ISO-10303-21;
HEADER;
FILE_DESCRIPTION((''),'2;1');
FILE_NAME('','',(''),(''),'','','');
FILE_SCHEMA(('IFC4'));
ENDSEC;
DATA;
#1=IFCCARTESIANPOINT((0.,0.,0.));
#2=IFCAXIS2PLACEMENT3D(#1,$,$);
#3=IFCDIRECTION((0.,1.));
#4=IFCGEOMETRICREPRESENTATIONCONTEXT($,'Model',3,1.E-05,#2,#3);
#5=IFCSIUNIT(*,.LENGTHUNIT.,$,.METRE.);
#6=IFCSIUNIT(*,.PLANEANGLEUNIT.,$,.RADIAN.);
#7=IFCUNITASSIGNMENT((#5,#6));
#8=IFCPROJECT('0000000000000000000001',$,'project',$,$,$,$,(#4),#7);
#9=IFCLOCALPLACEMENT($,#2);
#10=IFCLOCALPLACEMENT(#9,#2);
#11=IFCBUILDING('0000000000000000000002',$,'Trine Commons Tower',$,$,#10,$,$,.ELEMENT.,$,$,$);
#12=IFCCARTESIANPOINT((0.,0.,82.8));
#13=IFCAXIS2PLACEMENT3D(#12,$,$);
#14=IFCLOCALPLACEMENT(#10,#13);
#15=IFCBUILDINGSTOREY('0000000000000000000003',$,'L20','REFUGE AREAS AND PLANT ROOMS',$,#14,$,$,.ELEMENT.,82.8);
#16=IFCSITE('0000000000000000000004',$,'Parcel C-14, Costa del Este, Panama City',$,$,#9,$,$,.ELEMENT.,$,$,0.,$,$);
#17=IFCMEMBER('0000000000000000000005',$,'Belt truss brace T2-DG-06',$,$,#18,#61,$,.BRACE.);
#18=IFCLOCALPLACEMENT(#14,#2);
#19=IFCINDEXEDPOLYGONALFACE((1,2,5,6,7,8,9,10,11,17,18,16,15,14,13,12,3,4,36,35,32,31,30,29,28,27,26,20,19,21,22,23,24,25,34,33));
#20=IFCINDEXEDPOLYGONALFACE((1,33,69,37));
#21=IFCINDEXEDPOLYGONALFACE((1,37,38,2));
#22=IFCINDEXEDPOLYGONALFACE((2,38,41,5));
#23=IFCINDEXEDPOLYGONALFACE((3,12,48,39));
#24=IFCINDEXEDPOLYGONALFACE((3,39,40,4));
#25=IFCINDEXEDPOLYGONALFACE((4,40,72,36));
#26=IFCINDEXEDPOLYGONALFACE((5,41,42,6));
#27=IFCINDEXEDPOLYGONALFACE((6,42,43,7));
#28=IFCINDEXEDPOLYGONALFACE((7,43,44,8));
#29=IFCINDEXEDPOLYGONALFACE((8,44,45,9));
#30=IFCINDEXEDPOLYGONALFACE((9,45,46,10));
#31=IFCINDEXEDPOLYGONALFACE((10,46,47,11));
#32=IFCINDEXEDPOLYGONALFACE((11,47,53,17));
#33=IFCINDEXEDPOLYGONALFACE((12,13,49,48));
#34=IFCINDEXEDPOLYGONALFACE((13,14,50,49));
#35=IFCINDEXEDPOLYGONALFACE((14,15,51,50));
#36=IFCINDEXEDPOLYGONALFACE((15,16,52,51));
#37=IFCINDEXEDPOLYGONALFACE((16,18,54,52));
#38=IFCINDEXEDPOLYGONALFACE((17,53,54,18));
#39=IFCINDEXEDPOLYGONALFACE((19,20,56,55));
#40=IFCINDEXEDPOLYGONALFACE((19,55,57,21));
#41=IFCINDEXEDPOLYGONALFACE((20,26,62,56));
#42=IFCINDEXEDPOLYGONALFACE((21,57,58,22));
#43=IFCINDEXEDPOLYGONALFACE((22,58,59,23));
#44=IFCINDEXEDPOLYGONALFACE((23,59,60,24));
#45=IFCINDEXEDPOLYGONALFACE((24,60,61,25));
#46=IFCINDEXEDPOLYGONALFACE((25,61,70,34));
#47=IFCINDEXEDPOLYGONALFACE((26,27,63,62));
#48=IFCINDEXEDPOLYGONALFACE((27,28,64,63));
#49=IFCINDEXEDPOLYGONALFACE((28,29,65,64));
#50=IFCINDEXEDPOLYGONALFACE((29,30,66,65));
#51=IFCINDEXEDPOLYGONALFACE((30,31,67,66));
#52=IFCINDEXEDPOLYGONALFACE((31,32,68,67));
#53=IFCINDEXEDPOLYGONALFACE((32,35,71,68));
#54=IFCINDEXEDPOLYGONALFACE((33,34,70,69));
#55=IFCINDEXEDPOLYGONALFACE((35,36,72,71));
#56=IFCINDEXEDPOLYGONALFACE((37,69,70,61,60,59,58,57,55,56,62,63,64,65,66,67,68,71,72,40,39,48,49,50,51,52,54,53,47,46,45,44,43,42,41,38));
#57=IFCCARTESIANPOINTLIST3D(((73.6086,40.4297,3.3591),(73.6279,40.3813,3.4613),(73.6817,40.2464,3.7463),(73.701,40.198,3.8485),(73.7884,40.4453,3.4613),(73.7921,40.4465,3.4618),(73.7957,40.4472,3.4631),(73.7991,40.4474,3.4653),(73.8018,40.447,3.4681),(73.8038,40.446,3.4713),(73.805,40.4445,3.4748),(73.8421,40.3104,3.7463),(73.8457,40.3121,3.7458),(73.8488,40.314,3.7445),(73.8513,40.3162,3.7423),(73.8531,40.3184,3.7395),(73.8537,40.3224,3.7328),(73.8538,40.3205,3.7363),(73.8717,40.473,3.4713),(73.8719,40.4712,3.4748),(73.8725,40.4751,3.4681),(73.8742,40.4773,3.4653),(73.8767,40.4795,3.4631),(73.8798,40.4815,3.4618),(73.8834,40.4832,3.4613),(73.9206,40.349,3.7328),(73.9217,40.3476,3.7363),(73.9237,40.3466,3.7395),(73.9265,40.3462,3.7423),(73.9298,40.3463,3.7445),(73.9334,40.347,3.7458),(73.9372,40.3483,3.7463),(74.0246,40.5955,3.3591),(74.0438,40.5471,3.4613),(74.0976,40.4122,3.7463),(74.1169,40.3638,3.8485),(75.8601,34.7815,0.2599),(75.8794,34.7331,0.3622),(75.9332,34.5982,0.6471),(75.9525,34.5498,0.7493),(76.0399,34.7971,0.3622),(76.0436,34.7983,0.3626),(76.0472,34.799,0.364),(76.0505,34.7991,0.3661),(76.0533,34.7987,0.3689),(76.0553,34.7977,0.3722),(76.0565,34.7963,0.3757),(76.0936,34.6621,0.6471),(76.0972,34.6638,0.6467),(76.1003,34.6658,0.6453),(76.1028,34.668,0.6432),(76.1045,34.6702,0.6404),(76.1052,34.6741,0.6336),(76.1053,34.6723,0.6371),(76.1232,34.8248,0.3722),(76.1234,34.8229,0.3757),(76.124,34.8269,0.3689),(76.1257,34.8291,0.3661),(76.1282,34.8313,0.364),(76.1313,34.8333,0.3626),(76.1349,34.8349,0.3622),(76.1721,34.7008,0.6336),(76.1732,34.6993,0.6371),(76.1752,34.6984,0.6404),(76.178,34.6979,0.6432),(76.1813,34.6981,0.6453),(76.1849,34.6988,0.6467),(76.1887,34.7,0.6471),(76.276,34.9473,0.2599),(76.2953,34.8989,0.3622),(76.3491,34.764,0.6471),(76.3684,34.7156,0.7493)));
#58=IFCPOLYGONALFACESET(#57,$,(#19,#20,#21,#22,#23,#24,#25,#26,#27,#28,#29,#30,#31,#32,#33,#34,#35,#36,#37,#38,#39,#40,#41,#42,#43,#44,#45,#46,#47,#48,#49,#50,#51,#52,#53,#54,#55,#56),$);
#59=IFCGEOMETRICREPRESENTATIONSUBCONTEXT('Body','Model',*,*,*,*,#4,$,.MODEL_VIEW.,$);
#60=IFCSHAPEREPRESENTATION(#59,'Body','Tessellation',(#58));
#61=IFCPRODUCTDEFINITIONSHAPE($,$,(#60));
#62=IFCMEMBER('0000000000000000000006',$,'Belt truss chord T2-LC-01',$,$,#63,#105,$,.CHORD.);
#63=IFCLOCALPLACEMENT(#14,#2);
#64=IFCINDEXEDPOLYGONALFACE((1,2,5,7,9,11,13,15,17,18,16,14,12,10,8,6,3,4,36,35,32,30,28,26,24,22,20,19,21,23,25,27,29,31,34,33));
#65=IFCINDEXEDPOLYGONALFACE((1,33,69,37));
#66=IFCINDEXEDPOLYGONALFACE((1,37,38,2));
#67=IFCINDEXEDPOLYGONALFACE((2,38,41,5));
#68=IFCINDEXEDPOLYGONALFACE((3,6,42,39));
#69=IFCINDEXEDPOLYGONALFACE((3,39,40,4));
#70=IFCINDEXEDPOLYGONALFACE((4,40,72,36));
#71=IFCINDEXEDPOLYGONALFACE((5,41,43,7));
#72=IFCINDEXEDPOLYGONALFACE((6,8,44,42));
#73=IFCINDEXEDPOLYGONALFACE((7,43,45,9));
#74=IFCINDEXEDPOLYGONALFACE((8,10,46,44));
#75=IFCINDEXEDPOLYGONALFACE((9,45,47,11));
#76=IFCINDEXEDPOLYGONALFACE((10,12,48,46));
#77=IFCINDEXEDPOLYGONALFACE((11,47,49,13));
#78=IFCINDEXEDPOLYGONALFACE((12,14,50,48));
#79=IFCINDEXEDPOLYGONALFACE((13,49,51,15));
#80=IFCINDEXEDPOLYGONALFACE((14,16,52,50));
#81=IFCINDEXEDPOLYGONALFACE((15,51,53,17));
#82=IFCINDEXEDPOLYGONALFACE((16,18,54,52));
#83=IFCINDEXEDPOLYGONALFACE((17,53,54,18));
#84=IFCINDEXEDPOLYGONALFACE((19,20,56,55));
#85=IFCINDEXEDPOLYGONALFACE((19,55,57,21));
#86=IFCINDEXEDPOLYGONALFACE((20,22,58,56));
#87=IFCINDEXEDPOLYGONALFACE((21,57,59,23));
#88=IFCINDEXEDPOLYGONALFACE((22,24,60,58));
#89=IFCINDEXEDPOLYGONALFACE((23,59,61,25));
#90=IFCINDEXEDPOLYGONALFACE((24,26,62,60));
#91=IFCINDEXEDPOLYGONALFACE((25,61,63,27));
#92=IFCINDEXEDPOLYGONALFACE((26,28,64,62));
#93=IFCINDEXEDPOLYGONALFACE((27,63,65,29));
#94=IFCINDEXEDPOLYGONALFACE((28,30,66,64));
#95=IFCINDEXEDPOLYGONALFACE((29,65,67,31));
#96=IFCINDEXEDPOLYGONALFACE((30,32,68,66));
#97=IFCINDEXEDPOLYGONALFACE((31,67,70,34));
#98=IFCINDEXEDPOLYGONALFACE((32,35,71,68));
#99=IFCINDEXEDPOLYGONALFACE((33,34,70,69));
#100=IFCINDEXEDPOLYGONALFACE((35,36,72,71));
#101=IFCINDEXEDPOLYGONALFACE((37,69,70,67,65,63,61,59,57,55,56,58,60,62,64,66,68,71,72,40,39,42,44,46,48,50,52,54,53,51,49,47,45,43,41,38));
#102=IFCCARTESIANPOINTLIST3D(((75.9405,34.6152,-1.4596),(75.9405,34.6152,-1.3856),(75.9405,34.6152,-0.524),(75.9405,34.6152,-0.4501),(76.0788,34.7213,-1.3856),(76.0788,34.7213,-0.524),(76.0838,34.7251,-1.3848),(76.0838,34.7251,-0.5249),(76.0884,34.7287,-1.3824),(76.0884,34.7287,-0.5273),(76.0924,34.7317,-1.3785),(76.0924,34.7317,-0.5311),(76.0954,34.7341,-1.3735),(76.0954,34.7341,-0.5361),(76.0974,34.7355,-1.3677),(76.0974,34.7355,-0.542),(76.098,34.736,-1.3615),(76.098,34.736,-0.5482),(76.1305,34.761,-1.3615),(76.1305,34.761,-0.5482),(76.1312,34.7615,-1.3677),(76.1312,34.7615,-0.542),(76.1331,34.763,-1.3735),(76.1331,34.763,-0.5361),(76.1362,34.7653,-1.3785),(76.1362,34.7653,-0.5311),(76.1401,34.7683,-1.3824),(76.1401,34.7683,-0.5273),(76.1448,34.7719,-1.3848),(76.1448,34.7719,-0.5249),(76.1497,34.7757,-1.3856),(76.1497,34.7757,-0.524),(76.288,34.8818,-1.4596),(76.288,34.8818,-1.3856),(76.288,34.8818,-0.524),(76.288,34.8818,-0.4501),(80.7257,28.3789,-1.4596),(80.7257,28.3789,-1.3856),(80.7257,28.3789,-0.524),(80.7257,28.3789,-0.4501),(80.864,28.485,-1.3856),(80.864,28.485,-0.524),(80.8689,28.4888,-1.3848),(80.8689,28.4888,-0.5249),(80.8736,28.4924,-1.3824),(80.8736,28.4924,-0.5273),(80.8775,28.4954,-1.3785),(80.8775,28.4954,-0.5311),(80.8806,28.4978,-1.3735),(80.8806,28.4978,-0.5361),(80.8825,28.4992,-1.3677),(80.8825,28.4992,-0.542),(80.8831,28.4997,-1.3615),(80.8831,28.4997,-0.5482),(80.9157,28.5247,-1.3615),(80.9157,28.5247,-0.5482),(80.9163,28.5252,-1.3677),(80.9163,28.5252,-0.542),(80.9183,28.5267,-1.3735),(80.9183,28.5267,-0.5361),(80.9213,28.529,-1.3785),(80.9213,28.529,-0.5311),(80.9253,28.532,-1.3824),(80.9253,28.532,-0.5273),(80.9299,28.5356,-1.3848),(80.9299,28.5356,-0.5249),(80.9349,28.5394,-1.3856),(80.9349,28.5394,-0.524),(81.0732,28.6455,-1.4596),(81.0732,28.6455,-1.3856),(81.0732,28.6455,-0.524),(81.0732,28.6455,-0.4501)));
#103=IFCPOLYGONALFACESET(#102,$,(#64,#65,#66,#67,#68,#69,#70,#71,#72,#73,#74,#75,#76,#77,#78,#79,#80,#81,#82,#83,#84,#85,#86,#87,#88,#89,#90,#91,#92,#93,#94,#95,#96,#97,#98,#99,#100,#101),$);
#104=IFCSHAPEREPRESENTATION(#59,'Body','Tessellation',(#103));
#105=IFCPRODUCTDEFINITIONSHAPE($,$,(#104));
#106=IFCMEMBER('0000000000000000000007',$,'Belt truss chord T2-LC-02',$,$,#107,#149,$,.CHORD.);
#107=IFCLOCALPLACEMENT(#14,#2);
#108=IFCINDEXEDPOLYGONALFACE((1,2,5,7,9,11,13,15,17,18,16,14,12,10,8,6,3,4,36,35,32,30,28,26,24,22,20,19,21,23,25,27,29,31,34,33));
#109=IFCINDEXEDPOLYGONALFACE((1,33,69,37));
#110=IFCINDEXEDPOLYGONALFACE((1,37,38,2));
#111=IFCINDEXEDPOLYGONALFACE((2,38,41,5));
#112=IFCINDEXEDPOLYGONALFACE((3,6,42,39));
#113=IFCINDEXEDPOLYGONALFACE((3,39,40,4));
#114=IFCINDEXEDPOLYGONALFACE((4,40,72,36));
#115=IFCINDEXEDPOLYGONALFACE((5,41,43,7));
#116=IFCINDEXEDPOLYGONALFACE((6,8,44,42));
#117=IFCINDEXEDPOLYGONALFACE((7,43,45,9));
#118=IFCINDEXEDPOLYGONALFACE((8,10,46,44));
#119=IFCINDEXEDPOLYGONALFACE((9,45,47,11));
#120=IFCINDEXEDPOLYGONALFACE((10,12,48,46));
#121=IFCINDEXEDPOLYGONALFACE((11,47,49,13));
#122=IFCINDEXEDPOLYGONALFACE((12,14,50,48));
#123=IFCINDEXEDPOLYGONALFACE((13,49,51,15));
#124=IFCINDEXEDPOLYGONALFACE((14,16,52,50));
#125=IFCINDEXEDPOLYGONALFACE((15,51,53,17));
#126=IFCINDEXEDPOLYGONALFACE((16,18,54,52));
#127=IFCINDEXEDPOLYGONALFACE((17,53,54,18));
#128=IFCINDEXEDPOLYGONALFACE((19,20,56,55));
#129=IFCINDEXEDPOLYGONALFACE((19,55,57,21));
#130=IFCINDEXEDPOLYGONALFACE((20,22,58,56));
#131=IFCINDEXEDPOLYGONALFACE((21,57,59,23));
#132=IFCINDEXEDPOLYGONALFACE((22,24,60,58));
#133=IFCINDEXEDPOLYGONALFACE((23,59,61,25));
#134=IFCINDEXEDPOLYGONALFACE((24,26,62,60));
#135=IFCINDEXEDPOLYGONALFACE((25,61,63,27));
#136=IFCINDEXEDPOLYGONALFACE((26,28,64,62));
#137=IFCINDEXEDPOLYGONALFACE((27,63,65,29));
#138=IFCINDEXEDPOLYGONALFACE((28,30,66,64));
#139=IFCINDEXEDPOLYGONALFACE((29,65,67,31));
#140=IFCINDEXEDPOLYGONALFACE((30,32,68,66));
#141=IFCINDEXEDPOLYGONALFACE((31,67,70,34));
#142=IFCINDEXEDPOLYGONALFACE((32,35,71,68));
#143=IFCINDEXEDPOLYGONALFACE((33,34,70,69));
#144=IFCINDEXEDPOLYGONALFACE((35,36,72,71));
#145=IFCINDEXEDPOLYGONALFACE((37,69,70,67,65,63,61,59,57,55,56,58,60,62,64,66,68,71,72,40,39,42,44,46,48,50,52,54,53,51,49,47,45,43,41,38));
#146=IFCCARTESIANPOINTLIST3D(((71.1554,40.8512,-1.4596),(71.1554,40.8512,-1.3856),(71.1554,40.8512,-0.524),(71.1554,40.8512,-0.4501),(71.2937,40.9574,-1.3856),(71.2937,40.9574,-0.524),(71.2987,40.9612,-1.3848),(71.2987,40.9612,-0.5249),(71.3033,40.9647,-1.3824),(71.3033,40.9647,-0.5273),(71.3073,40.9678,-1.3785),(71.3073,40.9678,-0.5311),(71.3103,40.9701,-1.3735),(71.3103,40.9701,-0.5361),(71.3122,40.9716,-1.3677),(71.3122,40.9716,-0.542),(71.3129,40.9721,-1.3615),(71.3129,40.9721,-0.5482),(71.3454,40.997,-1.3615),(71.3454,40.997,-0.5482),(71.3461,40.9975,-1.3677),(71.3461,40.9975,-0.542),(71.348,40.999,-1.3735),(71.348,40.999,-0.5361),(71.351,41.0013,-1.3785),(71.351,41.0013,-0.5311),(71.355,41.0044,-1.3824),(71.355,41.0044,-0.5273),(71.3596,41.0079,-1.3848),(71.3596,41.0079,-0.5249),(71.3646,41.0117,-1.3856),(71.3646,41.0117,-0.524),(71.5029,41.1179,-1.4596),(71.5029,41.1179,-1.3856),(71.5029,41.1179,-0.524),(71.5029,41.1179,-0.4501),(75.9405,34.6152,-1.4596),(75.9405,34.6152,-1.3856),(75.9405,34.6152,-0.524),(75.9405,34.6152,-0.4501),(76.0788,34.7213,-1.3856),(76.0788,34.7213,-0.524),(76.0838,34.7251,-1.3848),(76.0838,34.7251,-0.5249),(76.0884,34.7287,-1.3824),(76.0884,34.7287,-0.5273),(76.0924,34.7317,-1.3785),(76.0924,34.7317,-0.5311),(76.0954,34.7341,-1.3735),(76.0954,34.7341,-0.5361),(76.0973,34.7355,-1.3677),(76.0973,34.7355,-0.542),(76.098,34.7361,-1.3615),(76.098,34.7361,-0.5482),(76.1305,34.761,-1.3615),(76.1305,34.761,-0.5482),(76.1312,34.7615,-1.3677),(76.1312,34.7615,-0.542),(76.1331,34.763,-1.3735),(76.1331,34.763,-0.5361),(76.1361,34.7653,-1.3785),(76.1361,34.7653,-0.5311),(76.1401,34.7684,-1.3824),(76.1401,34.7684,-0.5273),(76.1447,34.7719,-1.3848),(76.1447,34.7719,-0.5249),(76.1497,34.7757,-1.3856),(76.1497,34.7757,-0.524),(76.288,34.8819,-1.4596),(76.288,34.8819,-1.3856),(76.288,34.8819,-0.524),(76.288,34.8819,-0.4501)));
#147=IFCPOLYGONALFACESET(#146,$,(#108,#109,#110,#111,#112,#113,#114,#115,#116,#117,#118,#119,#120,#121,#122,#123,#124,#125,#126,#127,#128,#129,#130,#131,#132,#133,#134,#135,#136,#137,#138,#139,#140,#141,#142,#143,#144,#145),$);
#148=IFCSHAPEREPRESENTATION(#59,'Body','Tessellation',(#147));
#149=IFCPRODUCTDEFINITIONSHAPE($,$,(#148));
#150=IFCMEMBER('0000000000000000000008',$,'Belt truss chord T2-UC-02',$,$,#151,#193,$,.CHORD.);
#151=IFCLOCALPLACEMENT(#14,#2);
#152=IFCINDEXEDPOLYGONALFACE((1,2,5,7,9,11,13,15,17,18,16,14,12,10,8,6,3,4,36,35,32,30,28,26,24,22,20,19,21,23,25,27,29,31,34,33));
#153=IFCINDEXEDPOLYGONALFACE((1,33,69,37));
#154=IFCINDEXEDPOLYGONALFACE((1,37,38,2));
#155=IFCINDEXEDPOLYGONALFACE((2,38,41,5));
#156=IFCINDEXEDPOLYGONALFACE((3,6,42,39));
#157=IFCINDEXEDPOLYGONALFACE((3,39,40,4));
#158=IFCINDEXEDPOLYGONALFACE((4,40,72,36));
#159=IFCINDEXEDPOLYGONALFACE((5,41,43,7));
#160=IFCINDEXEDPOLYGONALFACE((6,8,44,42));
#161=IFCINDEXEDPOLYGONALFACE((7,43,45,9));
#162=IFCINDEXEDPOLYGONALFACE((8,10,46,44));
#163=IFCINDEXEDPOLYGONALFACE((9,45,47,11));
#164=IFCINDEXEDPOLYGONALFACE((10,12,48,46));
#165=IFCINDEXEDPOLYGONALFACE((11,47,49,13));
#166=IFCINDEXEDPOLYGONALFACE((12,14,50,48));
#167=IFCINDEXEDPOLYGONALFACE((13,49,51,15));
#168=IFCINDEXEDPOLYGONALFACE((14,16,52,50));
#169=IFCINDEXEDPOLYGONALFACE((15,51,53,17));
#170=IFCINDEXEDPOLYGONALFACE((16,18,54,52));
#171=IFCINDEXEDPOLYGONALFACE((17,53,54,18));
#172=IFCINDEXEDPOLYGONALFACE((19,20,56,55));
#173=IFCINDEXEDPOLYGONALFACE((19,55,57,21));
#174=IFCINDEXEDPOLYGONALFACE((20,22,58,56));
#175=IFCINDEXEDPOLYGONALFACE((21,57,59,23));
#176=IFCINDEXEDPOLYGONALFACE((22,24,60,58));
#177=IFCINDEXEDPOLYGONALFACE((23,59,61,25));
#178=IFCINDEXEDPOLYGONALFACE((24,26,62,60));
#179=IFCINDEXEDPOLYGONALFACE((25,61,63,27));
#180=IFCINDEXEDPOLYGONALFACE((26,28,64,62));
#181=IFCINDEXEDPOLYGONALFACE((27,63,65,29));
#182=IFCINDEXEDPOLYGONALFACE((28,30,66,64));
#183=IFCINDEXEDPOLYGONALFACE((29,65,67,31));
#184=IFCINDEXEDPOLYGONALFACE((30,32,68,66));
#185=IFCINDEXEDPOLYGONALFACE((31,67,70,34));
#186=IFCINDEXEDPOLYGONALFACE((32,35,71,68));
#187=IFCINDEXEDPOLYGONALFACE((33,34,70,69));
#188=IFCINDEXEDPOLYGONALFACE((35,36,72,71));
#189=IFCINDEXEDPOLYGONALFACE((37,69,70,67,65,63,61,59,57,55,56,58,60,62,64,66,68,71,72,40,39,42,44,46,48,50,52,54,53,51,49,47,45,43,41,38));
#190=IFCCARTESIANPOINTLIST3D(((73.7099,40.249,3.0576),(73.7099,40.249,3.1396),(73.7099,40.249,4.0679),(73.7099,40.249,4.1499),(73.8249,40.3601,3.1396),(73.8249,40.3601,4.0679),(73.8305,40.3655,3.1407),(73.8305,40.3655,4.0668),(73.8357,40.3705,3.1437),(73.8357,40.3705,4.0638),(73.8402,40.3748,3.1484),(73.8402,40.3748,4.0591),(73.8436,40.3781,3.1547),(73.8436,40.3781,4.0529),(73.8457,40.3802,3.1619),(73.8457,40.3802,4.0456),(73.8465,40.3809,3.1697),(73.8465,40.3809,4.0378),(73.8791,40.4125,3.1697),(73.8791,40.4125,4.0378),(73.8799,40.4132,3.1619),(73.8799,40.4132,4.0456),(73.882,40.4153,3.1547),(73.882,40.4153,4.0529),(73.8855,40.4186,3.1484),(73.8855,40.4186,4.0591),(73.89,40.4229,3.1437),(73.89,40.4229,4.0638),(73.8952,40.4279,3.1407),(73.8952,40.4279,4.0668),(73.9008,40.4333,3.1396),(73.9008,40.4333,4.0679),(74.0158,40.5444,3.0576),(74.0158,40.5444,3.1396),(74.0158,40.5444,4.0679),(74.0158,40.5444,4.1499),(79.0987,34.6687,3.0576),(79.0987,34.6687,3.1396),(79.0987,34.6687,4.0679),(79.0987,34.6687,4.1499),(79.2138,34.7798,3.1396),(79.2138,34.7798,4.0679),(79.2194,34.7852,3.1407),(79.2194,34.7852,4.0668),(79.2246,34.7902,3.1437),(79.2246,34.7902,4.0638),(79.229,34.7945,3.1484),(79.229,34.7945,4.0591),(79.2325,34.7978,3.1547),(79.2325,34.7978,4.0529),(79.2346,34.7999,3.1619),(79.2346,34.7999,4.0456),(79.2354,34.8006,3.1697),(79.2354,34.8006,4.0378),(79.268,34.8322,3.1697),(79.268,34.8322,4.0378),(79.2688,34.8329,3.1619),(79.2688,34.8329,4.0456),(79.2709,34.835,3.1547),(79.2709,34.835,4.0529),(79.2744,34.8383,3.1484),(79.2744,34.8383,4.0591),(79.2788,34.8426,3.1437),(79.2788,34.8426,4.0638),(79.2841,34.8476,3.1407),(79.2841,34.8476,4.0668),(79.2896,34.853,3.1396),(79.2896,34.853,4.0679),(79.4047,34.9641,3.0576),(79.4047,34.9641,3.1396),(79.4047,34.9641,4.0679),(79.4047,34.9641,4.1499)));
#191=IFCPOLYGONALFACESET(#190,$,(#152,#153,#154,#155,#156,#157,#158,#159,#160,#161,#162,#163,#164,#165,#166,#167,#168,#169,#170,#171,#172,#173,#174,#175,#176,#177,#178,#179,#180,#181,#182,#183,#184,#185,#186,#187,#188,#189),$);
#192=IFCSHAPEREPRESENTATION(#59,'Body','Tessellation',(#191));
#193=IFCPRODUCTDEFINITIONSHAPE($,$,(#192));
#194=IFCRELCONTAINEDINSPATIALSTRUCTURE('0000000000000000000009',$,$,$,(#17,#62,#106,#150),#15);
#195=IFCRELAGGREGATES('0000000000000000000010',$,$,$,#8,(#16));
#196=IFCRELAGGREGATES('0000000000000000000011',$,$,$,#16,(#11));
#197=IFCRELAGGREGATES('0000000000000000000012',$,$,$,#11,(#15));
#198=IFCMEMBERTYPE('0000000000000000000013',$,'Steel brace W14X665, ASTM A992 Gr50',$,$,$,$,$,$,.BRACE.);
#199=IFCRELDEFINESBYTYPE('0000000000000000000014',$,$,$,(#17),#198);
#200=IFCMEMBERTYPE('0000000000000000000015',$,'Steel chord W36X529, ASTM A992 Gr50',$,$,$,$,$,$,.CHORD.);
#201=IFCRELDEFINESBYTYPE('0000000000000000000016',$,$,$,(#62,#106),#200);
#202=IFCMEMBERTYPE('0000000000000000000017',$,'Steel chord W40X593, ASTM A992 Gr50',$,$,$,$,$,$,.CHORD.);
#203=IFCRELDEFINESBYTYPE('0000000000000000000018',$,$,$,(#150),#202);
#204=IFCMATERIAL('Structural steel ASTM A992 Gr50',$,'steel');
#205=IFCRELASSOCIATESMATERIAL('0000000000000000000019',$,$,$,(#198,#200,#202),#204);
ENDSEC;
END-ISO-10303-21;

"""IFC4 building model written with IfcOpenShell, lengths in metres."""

from ifc_helpers import new_model, si_unit, direction, frame, origin, origin_2d, place, context, subcontext, project, spatial, i_section, extrude, material, material_profile, profile_set, type_object, element, save


model = new_model("IFC4")

# Units and contexts
model_context = context("Model", 3, precision=1e-05, world=origin(), true_north=direction((0.0, 1.0)))
body_context = subcontext(model_context, "Body", "Model", "MODEL_VIEW")
ifc_project = project(units=[si_unit("LENGTHUNIT", "METRE"), si_unit("PLANEANGLEUNIT", "RADIAN")], contexts=[model_context])

# Site, building, storey
site_placement = place(None, origin())
site = spatial("IfcSite", under=ifc_project, at=site_placement, Name="Parcel C-14, Costa del Este, Panama City", CompositionType="ELEMENT", RefElevation=0.0)
building_placement = place(site_placement, origin())
building = spatial("IfcBuilding", under=site, at=building_placement, Name="Trine Commons Tower", CompositionType="ELEMENT")
storey_placement = place(building_placement, frame((0.0, 0.0, 82.8)))
storey = spatial("IfcBuildingStorey", under=building, at=storey_placement, Name="L20", Description="REFUGE AREAS AND PLANT ROOMS", CompositionType="ELEMENT", Elevation=82.8)

# Members
ifc_material_1 = material(Name="Structural steel ASTM A992 Gr50", Category="steel")
ifc_material_profile_1 = material_profile(ifc_material_1, i_section(OverallWidth=0.4478, OverallDepth=0.5493, WebThickness=0.072, FlangeThickness=0.1147, FilletRadius=0.0151, at=origin_2d()), Name="W14X665")
ifc_profile_set_1 = profile_set([ifc_material_profile_1], Name="Structural steel ASTM A992 Gr50")
member_type_1 = type_object("IfcMemberType", Name="Steel brace W14X665, ASTM A992 Gr50", PredefinedType="BRACE", material=ifc_profile_set_1)
member_1_placement = place(storey_placement, frame((76.1143, 34.7485, 0.5046), z_axis=(-0.329902, 0.827618, 0.454108), x_axis=(-0.928919, -0.370283, 0.0)))
element("IfcMember", 1, at=member_1_placement, inside=storey, type_object=member_type_1, Name="Belt truss brace T2-DG-06", PredefinedType="BRACE", context=body_context, shape_type="SweptSolid", body=[
    extrude(i_section(OverallWidth=0.4478, OverallDepth=0.5493, WebThickness=0.072, FlangeThickness=0.1147, FilletRadius=0.0151, at=origin_2d()), origin(), (0.0, 0.0, 1.0), 6.8247),
])
ifc_material_profile_2 = material_profile(ifc_material_1, i_section(OverallWidth=0.438, OverallDepth=1.0095, WebThickness=0.041, FlangeThickness=0.074, FilletRadius=0.0242, at=origin_2d()), Name="W36X529")
ifc_profile_set_2 = profile_set([ifc_material_profile_2], Name="Structural steel ASTM A992 Gr50")
member_type_2 = type_object("IfcMemberType", Name="Steel chord W36X529, ASTM A992 Gr50", PredefinedType="CHORD", material=ifc_profile_set_2)
member_2_placement = place(storey_placement, frame((80.8994, 28.5122, -0.9548), z_axis=(-0.60875, 0.793362, 0.0), x_axis=(-0.793362, -0.60875, 0.0)))
element("IfcMember", 2, at=member_2_placement, inside=storey, type_object=member_type_2, Name="Belt truss chord T2-LC-01", PredefinedType="CHORD", context=body_context, shape_type="SweptSolid", body=[
    extrude(i_section(OverallWidth=0.438, OverallDepth=1.0095, WebThickness=0.041, FlangeThickness=0.074, FilletRadius=0.0242, at=origin_2d()), origin(), (0.0, 0.0, 1.0), 7.8606),
])
member_3_placement = place(storey_placement, frame((76.1143, 34.7485, -0.9548), z_axis=(-0.608765, 0.793351, 0.0), x_axis=(-0.793351, -0.608765, 0.0)))
element("IfcMember", 3, at=member_3_placement, inside=storey, type_object=member_type_2, Name="Belt truss chord T2-LC-02", PredefinedType="CHORD", context=body_context, shape_type="SweptSolid", body=[
    extrude(i_section(OverallWidth=0.438, OverallDepth=1.0095, WebThickness=0.041, FlangeThickness=0.074, FilletRadius=0.0242, at=origin_2d()), origin(), (0.0, 0.0, 1.0), 7.8604),
])
ifc_material_profile_3 = material_profile(ifc_material_1, i_section(OverallWidth=0.4253, OverallDepth=1.0923, WebThickness=0.0454, FlangeThickness=0.082, FilletRadius=0.03, at=origin_2d()), Name="W40X593")
ifc_profile_set_3 = profile_set([ifc_material_profile_3], Name="Structural steel ASTM A992 Gr50")
member_type_3 = type_object("IfcMemberType", Name="Steel chord W40X593, ASTM A992 Gr50", PredefinedType="CHORD", material=ifc_profile_set_3)
member_4_placement = place(storey_placement, frame((79.2517, 34.8164, 3.6038), z_axis=(-0.694662, 0.719336, 0.0), x_axis=(-0.719336, -0.694662, 0.0)))
element("IfcMember", 4, at=member_4_placement, inside=storey, type_object=member_type_3, Name="Belt truss chord T2-UC-02", PredefinedType="CHORD", context=body_context, shape_type="SweptSolid", body=[
    extrude(i_section(OverallWidth=0.4253, OverallDepth=1.0923, WebThickness=0.0454, FlangeThickness=0.082, FilletRadius=0.03, at=origin_2d()), origin(), (0.0, 0.0, 1.0), 7.7576),
])

save(model, "model.ifc")
